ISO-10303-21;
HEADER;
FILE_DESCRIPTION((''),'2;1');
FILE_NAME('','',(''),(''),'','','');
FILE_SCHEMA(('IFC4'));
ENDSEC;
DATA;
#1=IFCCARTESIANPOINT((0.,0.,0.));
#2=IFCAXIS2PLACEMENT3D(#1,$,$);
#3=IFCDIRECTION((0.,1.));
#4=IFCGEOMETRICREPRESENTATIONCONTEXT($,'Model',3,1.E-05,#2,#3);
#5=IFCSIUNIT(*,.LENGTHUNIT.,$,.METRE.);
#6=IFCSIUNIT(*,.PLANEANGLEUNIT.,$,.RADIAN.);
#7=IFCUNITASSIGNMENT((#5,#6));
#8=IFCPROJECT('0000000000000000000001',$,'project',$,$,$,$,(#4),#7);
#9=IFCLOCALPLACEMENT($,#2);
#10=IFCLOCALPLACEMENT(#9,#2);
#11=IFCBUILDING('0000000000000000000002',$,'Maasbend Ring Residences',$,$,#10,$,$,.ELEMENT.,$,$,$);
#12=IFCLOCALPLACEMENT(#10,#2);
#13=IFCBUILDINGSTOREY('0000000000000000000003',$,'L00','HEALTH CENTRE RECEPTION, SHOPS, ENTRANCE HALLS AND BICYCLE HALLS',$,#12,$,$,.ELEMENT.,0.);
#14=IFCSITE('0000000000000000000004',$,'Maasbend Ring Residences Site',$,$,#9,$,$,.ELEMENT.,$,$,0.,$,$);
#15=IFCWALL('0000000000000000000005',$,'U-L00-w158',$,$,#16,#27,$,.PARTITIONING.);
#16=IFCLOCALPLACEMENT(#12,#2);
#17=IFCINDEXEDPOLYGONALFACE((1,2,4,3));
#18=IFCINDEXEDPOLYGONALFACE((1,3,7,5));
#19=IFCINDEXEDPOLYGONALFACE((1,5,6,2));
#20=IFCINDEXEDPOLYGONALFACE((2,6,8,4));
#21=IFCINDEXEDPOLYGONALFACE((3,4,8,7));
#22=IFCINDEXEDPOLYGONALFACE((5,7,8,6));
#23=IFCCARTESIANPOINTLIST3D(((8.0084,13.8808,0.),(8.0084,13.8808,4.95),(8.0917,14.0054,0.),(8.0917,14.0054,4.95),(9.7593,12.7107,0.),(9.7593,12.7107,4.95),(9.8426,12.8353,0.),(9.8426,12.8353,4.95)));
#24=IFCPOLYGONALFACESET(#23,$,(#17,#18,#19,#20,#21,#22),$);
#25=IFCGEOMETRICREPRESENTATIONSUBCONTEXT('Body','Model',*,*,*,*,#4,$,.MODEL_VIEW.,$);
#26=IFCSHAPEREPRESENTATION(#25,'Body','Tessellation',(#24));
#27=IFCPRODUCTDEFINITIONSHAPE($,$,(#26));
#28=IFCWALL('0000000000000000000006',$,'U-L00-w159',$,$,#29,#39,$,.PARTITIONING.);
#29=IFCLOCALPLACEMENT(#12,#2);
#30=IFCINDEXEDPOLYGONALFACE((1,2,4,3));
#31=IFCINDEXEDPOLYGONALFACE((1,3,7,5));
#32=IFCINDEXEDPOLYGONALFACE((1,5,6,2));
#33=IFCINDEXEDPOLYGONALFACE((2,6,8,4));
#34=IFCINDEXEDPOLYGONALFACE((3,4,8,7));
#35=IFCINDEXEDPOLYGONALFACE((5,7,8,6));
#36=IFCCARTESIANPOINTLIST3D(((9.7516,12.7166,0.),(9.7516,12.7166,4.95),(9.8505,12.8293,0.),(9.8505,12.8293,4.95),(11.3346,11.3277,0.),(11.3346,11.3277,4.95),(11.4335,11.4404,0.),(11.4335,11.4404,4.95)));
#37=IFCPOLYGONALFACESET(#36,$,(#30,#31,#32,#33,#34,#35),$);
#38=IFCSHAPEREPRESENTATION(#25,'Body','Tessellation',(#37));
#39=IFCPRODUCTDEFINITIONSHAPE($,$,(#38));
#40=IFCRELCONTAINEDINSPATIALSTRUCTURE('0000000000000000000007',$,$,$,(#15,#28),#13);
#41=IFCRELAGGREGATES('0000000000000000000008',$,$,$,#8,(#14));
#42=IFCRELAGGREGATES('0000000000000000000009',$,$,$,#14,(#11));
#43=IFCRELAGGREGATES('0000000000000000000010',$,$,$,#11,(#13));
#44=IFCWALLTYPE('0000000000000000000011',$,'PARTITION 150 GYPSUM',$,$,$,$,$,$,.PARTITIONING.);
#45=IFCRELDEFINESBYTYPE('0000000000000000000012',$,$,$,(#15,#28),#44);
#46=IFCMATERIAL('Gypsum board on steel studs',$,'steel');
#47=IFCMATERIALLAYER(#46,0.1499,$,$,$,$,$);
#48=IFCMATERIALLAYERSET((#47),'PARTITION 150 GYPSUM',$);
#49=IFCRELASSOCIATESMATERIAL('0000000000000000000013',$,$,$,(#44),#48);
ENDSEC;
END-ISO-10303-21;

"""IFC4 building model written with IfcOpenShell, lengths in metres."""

from ifc_helpers import new_model, si_unit, direction, frame, frame_2d, origin, place, context, subcontext, project, spatial, rectangle, extrude, material, layer, layer_set, type_object, element, save


model = new_model("IFC4")

# Units and contexts
model_context = context("Model", 3, precision=1e-05, world=origin(), true_north=direction((0.0, 1.0)))
body_context = subcontext(model_context, "Body", "Model", "MODEL_VIEW")
ifc_project = project(units=[si_unit("LENGTHUNIT", "METRE"), si_unit("PLANEANGLEUNIT", "RADIAN")], contexts=[model_context])

# Site, building, storey
site_placement = place(None, origin())
site = spatial("IfcSite", under=ifc_project, at=site_placement, Name="Maasbend Ring Residences Site", CompositionType="ELEMENT", RefElevation=0.0)
building_placement = place(site_placement, origin())
building = spatial("IfcBuilding", under=site, at=building_placement, Name="Maasbend Ring Residences", CompositionType="ELEMENT")
storey_placement = place(building_placement, origin())
storey = spatial("IfcBuildingStorey", under=building, at=storey_placement, Name="L00", Description="HEALTH CENTRE RECEPTION, SHOPS, ENTRANCE HALLS AND BICYCLE HALLS", CompositionType="ELEMENT", Elevation=0.0)

# Walls
ifc_material_1 = material(Name="Gypsum board on steel studs", Category="steel")
ifc_layer_1 = layer(ifc_material_1, 0.1499)
ifc_layer_set_1 = layer_set([ifc_layer_1], Name="PARTITION 150 GYPSUM")
wall_type_1 = type_object("IfcWallType", Name="PARTITION 150 GYPSUM", PredefinedType="PARTITIONING", material=ifc_layer_set_1)
for number, where, z_axis, x_axis, name in (
    (1, (8.05, 13.9431, 0.0), (0.0, 0.0, 1.0), (0.831426, -0.555636, 0.0), "U-L00-w158"),
    (2, (9.801, 12.7729, 0.0), (0.0, 0.0, 1.0), (0.751686, -0.659522, 0.0), "U-L00-w159"),
):
    element("IfcWall", number, at=place(storey_placement, frame(where, z_axis=z_axis, x_axis=x_axis)), inside=storey, type_object=wall_type_1, Name=name, PredefinedType="PARTITIONING", context=body_context, shape_type="SweptSolid", body=[
        extrude(rectangle(XDim=2.106, YDim=0.1499, at=frame_2d((1.053, 0.0))), origin(), (0.0, 0.0, 1.0), 4.95),
    ])

save(model, "model.ifc")
